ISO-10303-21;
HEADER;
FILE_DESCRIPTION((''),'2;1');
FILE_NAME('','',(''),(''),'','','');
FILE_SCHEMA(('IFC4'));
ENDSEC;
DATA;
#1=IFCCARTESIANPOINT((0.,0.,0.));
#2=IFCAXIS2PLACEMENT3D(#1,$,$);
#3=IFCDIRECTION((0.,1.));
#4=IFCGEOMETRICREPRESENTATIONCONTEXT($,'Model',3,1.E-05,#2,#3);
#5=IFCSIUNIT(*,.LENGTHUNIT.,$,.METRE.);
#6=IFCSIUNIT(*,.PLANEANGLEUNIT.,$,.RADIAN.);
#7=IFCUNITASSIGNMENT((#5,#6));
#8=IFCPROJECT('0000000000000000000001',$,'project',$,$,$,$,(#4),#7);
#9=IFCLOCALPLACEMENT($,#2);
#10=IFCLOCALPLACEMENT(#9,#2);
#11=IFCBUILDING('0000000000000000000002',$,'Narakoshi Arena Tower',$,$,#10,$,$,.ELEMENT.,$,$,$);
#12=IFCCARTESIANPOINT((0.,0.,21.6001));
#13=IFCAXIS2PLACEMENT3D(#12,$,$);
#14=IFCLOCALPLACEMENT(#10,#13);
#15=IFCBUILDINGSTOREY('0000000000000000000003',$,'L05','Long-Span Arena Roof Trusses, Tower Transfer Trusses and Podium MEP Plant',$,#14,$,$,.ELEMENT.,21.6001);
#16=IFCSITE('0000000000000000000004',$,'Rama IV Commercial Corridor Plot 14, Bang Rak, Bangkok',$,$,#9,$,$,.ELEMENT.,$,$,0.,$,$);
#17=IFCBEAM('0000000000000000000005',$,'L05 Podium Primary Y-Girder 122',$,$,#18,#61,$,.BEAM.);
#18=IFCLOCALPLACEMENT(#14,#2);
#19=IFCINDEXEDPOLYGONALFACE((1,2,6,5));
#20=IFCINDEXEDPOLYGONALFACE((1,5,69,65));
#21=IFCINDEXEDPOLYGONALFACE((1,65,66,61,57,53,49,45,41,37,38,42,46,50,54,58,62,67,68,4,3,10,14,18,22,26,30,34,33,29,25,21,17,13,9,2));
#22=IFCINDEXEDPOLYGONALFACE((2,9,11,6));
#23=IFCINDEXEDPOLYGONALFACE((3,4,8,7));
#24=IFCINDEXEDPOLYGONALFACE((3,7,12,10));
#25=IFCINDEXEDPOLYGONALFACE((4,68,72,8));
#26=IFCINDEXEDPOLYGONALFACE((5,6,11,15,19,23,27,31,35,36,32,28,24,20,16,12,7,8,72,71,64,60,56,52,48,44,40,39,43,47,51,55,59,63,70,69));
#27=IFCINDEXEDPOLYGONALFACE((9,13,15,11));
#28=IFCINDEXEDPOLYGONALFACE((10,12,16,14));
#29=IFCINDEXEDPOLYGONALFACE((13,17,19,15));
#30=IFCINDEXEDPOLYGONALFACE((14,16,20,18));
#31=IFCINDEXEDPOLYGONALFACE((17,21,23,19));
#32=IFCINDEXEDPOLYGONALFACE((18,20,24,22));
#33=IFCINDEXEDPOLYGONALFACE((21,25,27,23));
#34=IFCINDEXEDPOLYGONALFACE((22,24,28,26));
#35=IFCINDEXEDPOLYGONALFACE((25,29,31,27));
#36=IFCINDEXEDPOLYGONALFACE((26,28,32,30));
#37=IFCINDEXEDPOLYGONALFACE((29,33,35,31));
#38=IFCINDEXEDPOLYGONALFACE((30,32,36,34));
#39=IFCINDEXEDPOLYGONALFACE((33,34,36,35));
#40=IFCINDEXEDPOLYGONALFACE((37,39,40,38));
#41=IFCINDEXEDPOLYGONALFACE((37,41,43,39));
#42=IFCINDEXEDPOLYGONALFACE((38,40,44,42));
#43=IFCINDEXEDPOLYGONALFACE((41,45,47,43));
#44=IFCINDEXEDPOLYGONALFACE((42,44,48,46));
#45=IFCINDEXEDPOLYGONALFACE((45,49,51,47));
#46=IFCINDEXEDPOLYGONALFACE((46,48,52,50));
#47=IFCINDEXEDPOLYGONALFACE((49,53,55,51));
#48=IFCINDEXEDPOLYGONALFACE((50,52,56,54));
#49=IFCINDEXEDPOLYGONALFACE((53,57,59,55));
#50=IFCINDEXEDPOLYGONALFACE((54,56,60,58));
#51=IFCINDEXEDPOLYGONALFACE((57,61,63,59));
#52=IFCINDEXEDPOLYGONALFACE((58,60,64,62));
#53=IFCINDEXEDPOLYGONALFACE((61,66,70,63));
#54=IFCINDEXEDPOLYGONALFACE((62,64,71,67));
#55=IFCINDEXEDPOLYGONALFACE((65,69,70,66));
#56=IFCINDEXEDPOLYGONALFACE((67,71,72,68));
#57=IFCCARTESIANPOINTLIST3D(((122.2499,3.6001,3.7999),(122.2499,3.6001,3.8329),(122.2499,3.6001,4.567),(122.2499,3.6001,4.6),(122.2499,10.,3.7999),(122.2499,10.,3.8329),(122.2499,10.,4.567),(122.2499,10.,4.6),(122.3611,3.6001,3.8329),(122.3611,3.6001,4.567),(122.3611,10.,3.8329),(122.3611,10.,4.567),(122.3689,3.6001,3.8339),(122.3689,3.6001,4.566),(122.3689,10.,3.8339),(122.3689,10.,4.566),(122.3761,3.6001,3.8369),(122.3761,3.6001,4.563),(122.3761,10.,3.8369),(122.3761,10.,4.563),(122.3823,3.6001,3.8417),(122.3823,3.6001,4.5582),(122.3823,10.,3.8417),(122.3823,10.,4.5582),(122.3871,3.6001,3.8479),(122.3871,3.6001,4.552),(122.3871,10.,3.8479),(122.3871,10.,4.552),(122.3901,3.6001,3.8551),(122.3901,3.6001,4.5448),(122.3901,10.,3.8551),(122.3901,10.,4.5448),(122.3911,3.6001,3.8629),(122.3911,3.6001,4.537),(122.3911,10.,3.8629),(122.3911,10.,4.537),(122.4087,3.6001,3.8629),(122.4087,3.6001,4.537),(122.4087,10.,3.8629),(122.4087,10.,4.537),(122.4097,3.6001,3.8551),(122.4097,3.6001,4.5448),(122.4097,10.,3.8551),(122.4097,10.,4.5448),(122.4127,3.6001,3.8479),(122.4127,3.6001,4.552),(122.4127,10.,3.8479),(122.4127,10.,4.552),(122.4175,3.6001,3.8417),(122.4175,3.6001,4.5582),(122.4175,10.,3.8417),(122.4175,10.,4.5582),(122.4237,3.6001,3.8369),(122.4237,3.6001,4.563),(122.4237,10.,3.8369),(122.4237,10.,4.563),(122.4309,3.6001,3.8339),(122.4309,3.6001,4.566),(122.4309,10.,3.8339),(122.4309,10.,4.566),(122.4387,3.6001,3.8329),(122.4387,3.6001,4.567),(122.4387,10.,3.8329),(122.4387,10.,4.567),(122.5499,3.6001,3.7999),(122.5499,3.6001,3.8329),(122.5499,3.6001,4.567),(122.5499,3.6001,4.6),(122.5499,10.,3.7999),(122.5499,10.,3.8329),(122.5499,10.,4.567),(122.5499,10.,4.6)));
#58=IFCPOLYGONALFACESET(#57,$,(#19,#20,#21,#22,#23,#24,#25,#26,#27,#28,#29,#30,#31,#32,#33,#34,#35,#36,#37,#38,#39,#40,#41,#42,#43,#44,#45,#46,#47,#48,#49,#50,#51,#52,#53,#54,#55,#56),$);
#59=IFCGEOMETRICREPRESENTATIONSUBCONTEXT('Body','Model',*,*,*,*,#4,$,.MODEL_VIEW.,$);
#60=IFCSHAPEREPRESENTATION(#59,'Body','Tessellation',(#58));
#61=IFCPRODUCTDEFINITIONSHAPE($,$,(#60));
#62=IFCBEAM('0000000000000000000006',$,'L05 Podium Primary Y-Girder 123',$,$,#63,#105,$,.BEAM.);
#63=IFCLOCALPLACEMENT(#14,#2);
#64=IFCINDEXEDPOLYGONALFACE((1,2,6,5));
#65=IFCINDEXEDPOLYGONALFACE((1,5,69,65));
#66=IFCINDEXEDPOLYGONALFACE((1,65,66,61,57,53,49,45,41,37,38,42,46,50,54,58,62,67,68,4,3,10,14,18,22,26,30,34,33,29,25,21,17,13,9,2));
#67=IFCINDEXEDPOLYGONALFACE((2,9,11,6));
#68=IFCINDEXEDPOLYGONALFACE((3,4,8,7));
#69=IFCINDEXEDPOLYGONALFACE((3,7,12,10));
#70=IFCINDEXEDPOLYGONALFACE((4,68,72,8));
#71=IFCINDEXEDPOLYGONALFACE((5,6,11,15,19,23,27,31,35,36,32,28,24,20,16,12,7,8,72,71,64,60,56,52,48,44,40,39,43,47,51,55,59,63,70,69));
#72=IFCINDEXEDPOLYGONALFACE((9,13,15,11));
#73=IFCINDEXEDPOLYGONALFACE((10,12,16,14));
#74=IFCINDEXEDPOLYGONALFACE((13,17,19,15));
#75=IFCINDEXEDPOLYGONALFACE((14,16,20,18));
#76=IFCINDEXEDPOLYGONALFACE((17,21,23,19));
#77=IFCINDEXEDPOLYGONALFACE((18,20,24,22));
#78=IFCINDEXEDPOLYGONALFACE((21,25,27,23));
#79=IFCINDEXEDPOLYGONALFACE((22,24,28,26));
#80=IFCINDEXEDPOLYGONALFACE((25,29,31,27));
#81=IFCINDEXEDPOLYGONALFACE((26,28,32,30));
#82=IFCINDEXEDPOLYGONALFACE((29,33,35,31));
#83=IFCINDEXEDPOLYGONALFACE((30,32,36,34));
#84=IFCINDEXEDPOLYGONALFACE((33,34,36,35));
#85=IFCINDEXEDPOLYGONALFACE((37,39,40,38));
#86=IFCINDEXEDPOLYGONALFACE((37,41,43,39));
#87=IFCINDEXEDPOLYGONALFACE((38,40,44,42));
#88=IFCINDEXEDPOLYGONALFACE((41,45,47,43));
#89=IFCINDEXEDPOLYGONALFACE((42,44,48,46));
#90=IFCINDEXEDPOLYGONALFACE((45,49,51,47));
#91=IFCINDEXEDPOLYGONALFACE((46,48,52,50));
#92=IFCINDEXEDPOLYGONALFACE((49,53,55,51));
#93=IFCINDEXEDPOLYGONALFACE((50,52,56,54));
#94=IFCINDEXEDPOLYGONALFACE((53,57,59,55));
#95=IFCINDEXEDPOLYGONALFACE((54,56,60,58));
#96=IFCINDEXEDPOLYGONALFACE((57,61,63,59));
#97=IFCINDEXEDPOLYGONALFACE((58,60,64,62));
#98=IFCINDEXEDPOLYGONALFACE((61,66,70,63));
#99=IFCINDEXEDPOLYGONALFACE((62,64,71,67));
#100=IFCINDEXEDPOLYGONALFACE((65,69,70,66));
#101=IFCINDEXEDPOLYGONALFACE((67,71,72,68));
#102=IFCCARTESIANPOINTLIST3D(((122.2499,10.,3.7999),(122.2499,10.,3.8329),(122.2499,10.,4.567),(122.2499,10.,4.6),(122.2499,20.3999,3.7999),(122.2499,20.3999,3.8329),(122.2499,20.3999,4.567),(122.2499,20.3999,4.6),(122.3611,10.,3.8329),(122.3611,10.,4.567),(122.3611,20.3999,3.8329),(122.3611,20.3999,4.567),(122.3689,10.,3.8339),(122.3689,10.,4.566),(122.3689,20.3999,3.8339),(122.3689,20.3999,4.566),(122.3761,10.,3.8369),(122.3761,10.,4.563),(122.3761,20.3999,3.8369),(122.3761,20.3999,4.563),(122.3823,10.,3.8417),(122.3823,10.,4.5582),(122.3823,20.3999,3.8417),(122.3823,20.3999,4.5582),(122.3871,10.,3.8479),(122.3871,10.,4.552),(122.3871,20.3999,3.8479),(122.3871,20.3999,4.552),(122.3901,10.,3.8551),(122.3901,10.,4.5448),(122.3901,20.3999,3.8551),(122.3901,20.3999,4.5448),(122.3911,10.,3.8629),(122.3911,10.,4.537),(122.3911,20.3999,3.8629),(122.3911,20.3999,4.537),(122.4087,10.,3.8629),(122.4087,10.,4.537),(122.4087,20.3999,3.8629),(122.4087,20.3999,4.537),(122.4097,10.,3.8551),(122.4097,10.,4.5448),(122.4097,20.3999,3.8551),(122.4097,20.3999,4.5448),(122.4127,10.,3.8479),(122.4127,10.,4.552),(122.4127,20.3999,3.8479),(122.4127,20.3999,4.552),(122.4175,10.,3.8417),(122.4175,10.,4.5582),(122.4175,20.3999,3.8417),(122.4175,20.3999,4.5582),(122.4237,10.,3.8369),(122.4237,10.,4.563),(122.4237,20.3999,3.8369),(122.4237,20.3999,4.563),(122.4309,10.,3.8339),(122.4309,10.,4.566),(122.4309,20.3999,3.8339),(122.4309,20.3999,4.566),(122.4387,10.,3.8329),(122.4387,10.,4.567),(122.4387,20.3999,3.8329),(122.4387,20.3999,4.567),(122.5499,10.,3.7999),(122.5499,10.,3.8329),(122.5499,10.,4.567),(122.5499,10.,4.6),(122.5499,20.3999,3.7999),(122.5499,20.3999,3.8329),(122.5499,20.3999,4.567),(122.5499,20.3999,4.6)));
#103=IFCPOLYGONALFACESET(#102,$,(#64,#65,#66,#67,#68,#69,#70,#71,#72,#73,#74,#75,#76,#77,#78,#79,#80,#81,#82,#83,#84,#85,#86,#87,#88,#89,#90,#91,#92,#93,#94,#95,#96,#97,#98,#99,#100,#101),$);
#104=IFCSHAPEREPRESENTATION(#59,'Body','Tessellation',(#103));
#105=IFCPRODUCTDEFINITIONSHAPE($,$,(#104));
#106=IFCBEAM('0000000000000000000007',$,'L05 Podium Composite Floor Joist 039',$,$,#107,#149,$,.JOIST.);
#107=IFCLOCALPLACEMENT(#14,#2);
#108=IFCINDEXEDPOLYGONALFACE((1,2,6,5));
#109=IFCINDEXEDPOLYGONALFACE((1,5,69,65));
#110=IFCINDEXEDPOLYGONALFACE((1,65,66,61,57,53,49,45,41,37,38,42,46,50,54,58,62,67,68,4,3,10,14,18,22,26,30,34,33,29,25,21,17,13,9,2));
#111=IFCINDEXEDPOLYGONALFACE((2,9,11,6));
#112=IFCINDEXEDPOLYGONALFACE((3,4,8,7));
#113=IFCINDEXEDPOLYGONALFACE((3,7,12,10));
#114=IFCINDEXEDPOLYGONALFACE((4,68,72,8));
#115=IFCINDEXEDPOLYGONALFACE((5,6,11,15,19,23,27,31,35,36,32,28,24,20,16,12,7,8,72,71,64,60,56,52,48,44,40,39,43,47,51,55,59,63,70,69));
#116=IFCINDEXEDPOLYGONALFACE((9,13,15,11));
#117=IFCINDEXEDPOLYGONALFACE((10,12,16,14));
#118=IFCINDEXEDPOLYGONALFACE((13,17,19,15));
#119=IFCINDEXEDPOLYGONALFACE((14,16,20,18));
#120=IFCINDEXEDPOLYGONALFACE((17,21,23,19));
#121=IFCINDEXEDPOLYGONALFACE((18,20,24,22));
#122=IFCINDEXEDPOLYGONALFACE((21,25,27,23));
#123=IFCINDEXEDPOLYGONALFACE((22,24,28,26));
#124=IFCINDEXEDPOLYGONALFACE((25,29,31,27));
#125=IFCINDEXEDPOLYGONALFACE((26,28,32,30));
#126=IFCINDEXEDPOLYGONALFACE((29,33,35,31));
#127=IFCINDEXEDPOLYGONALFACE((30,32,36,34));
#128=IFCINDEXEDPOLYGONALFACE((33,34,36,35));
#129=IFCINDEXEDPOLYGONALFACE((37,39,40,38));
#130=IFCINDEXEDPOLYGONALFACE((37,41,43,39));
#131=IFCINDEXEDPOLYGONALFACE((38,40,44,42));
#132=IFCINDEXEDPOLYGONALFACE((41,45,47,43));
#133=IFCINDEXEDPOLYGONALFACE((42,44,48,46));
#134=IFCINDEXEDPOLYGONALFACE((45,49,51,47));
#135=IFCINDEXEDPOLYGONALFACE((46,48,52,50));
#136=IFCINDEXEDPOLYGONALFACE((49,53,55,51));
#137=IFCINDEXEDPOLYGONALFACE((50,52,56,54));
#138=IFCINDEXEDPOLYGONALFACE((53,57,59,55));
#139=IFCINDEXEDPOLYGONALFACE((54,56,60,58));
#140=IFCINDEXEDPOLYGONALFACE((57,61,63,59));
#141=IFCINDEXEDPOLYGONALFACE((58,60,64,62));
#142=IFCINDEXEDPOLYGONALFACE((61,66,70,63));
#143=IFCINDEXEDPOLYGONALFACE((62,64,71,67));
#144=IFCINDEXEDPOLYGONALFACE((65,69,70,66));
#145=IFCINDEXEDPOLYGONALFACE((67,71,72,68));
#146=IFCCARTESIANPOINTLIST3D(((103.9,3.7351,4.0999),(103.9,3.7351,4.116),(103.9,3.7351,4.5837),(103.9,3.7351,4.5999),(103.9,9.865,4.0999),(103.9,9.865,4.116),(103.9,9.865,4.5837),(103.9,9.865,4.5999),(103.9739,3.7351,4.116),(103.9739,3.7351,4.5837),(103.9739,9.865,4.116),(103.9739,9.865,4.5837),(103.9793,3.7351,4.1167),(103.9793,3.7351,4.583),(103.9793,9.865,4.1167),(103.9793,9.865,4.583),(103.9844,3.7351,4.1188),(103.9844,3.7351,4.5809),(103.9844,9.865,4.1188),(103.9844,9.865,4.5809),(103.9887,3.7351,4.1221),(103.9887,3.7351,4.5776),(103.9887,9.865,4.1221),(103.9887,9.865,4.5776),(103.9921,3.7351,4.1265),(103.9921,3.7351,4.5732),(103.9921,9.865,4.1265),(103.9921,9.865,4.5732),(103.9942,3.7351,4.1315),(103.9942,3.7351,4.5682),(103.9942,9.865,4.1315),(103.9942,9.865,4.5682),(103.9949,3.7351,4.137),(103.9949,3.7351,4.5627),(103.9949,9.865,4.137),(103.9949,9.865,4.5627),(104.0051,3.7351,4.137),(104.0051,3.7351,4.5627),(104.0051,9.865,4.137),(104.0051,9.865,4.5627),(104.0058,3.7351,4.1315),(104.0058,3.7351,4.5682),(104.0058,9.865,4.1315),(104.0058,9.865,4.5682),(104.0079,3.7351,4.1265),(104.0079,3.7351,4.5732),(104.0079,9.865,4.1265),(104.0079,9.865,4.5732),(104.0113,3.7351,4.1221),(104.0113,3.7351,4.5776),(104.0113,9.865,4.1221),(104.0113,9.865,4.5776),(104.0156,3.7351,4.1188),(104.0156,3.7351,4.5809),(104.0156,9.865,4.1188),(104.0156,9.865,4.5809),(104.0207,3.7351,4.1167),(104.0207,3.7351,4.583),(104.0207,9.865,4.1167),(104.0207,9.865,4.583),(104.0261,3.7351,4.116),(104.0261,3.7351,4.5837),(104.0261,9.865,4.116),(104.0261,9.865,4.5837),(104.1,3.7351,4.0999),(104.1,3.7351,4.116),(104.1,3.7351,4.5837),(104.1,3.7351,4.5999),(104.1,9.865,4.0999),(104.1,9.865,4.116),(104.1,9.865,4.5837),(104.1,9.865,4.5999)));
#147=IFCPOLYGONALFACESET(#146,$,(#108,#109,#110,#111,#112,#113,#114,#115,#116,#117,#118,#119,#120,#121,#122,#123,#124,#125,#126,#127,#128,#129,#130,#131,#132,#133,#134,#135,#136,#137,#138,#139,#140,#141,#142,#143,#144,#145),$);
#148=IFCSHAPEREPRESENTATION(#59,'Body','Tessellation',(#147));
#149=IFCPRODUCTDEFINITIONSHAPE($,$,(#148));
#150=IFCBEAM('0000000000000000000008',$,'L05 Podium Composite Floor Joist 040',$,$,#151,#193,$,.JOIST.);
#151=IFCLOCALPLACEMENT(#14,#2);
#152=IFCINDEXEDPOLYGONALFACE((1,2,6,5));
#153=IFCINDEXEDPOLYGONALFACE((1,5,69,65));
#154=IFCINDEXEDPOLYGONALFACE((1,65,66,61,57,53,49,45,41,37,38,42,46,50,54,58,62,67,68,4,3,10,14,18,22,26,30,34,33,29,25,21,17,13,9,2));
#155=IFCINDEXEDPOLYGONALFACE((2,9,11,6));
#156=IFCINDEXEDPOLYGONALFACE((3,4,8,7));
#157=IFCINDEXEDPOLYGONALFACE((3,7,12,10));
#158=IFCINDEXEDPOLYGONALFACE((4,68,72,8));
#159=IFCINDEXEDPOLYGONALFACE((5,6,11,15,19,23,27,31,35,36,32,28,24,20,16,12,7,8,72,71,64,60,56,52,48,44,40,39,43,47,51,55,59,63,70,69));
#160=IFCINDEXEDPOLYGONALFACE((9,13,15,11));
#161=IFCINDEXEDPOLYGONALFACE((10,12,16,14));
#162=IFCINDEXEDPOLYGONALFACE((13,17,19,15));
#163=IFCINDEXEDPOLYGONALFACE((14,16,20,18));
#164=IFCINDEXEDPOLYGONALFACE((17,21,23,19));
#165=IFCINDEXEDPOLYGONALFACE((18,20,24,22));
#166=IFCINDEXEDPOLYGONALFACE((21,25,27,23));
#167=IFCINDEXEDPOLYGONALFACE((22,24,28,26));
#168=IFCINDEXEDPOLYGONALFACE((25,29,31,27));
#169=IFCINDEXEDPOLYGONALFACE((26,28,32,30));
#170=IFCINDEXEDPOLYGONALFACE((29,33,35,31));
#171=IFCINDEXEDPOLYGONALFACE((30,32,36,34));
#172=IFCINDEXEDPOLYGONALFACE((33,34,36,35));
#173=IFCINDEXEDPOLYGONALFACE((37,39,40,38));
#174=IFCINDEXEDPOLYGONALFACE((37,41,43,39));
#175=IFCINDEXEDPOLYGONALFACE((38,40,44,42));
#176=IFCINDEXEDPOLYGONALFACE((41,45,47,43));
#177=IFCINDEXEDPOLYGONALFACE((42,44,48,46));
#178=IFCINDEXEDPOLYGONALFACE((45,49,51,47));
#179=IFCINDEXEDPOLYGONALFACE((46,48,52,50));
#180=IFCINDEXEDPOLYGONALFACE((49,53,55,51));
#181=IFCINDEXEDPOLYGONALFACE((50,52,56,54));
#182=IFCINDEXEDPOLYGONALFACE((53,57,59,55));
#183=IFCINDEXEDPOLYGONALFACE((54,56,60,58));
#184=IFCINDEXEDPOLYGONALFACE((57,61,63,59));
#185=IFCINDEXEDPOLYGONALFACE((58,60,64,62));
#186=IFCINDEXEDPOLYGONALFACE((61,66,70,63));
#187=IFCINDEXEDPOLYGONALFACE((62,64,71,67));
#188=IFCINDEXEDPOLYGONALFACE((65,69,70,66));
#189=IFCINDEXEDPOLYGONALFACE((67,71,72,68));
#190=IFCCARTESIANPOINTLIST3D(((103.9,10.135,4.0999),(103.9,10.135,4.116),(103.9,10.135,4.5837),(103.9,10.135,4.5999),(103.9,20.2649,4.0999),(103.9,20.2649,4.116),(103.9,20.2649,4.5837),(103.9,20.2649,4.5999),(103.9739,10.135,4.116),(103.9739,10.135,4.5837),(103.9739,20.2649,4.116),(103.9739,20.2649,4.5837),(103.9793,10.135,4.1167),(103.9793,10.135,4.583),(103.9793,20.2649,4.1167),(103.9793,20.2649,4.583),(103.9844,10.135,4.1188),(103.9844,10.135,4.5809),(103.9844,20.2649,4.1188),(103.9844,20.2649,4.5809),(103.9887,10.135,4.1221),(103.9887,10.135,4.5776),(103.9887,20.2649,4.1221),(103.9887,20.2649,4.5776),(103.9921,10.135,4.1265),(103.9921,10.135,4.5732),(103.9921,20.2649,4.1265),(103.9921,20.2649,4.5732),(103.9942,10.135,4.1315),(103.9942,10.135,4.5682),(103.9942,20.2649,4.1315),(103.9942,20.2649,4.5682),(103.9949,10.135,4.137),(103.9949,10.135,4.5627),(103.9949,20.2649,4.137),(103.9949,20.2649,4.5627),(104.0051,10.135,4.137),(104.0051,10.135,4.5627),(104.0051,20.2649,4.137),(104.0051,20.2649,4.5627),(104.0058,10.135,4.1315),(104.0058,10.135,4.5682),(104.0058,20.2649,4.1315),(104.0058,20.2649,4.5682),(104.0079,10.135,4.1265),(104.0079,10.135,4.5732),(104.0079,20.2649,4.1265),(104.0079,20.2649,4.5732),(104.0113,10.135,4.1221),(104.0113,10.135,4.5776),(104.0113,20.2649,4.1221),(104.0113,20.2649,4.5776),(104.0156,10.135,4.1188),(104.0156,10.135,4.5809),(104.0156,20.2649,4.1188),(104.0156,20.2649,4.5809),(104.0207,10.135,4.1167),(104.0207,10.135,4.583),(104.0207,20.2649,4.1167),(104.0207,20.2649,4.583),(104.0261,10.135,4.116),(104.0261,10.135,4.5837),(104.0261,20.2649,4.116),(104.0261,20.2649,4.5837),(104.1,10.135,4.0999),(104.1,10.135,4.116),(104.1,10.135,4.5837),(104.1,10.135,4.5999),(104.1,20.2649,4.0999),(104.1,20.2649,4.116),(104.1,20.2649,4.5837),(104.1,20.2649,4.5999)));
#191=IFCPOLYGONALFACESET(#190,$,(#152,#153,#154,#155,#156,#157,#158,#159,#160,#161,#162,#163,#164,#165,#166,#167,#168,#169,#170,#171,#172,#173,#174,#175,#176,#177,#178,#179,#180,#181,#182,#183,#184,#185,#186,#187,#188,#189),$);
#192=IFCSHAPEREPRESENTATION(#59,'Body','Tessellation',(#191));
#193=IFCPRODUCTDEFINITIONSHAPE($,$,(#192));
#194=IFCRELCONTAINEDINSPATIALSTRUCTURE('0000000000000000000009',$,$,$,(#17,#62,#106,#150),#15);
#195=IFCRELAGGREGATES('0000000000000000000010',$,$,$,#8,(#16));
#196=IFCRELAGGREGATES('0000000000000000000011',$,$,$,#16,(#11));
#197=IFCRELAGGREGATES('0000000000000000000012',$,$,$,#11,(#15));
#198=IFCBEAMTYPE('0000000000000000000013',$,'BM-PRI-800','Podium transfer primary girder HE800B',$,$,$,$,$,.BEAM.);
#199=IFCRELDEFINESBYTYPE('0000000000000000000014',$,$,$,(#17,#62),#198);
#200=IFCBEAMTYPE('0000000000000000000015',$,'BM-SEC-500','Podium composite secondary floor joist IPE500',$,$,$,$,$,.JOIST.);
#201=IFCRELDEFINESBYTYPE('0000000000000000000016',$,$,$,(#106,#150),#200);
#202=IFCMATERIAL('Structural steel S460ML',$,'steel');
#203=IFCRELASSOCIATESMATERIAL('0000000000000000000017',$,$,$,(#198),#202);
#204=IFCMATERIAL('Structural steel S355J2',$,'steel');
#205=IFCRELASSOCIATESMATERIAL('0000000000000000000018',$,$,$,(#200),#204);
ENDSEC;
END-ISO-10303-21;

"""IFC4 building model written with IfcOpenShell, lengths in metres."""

from ifc_helpers import new_model, si_unit, direction, frame, origin, origin_2d, place, context, subcontext, project, spatial, i_section, extrude, material, material_profile, profile_set, type_object, element, save


model = new_model("IFC4")

# Units and contexts
model_context = context("Model", 3, precision=1e-05, world=origin(), true_north=direction((0.0, 1.0)))
body_context = subcontext(model_context, "Body", "Model", "MODEL_VIEW")
ifc_project = project(units=[si_unit("LENGTHUNIT", "METRE"), si_unit("PLANEANGLEUNIT", "RADIAN")], contexts=[model_context])

# Site, building, storey
site_placement = place(None, origin())
site = spatial("IfcSite", under=ifc_project, at=site_placement, Name="Rama IV Commercial Corridor Plot 14, Bang Rak, Bangkok", CompositionType="ELEMENT", RefElevation=0.0)
building_placement = place(site_placement, origin())
building = spatial("IfcBuilding", under=site, at=building_placement, Name="Narakoshi Arena Tower", CompositionType="ELEMENT")
storey_placement = place(building_placement, frame((0.0, 0.0, 21.6001)))
storey = spatial("IfcBuildingStorey", under=building, at=storey_placement, Name="L05", Description="Long-Span Arena Roof Trusses, Tower Transfer Trusses and Podium MEP Plant", CompositionType="ELEMENT", Elevation=21.6001)

# Shared definitions
ifc_material_1 = material(Name="Structural steel S355J2", Category="steel")

# Beams
ifc_material_2 = material(Name="Structural steel S460ML", Category="steel")
ifc_material_profile_1 = material_profile(ifc_material_2, i_section(OverallWidth=0.3, OverallDepth=0.8, WebThickness=0.0176, FlangeThickness=0.033, FilletRadius=0.03, at=origin_2d()), Name="HE800B")
ifc_profile_set_1 = profile_set([ifc_material_profile_1], Name="Structural steel S460ML")
beam_type_1 = type_object("IfcBeamType", Name="BM-PRI-800", Description="Podium transfer primary girder HE800B", PredefinedType="BEAM", material=ifc_profile_set_1)
beam_1_placement = place(storey_placement, frame((122.3999, 3.6001, 4.2), z_axis=(0.0, 1.0, 0.0), x_axis=(-1.0, 0.0, 0.0)))
element("IfcBeam", 1, at=beam_1_placement, inside=storey, type_object=beam_type_1, Name="L05 Podium Primary Y-Girder 122", PredefinedType="BEAM", context=body_context, shape_type="SweptSolid", body=[
    extrude(i_section(OverallWidth=0.3, OverallDepth=0.8, WebThickness=0.0176, FlangeThickness=0.033, FilletRadius=0.03, at=origin_2d()), origin(), (0.0, 0.0, 1.0), 6.3999),
])
beam_2_placement = place(storey_placement, frame((122.3999, 10.0, 4.2), z_axis=(0.0, 1.0, 0.0), x_axis=(-1.0, 0.0, 0.0)))
element("IfcBeam", 2, at=beam_2_placement, inside=storey, type_object=beam_type_1, Name="L05 Podium Primary Y-Girder 123", PredefinedType="BEAM", context=body_context, shape_type="SweptSolid", body=[
    extrude(i_section(OverallWidth=0.3, OverallDepth=0.8, WebThickness=0.0176, FlangeThickness=0.033, FilletRadius=0.03, at=origin_2d()), origin(), (0.0, 0.0, 1.0), 10.3999),
])
ifc_material_profile_2 = material_profile(ifc_material_1, i_section(OverallWidth=0.2, OverallDepth=0.5, WebThickness=0.0103, FlangeThickness=0.0161, FilletRadius=0.021, at=origin_2d()), Name="IPE500")
ifc_profile_set_2 = profile_set([ifc_material_profile_2], Name="Structural steel S355J2")
beam_type_2 = type_object("IfcBeamType", Name="BM-SEC-500", Description="Podium composite secondary floor joist IPE500", PredefinedType="JOIST", material=ifc_profile_set_2)
beam_3_placement = place(storey_placement, frame((104.0, 3.7351, 4.3499), z_axis=(0.0, 1.0, 0.0), x_axis=(-1.0, 0.0, 0.0)))
element("IfcBeam", 3, at=beam_3_placement, inside=storey, type_object=beam_type_2, Name="L05 Podium Composite Floor Joist 039", PredefinedType="JOIST", context=body_context, shape_type="SweptSolid", body=[
    extrude(i_section(OverallWidth=0.2, OverallDepth=0.5, WebThickness=0.0103, FlangeThickness=0.0161, FilletRadius=0.021, at=origin_2d()), origin(), (0.0, 0.0, 1.0), 6.1299),
])
beam_4_placement = place(storey_placement, frame((104.0, 10.135, 4.3499), z_axis=(0.0, 1.0, 0.0), x_axis=(-1.0, 0.0, 0.0)))
element("IfcBeam", 4, at=beam_4_placement, inside=storey, type_object=beam_type_2, Name="L05 Podium Composite Floor Joist 040", PredefinedType="JOIST", context=body_context, shape_type="SweptSolid", body=[
    extrude(i_section(OverallWidth=0.2, OverallDepth=0.5, WebThickness=0.0103, FlangeThickness=0.0161, FilletRadius=0.021, at=origin_2d()), origin(), (0.0, 0.0, 1.0), 10.1299),
])

save(model, "model.ifc")
